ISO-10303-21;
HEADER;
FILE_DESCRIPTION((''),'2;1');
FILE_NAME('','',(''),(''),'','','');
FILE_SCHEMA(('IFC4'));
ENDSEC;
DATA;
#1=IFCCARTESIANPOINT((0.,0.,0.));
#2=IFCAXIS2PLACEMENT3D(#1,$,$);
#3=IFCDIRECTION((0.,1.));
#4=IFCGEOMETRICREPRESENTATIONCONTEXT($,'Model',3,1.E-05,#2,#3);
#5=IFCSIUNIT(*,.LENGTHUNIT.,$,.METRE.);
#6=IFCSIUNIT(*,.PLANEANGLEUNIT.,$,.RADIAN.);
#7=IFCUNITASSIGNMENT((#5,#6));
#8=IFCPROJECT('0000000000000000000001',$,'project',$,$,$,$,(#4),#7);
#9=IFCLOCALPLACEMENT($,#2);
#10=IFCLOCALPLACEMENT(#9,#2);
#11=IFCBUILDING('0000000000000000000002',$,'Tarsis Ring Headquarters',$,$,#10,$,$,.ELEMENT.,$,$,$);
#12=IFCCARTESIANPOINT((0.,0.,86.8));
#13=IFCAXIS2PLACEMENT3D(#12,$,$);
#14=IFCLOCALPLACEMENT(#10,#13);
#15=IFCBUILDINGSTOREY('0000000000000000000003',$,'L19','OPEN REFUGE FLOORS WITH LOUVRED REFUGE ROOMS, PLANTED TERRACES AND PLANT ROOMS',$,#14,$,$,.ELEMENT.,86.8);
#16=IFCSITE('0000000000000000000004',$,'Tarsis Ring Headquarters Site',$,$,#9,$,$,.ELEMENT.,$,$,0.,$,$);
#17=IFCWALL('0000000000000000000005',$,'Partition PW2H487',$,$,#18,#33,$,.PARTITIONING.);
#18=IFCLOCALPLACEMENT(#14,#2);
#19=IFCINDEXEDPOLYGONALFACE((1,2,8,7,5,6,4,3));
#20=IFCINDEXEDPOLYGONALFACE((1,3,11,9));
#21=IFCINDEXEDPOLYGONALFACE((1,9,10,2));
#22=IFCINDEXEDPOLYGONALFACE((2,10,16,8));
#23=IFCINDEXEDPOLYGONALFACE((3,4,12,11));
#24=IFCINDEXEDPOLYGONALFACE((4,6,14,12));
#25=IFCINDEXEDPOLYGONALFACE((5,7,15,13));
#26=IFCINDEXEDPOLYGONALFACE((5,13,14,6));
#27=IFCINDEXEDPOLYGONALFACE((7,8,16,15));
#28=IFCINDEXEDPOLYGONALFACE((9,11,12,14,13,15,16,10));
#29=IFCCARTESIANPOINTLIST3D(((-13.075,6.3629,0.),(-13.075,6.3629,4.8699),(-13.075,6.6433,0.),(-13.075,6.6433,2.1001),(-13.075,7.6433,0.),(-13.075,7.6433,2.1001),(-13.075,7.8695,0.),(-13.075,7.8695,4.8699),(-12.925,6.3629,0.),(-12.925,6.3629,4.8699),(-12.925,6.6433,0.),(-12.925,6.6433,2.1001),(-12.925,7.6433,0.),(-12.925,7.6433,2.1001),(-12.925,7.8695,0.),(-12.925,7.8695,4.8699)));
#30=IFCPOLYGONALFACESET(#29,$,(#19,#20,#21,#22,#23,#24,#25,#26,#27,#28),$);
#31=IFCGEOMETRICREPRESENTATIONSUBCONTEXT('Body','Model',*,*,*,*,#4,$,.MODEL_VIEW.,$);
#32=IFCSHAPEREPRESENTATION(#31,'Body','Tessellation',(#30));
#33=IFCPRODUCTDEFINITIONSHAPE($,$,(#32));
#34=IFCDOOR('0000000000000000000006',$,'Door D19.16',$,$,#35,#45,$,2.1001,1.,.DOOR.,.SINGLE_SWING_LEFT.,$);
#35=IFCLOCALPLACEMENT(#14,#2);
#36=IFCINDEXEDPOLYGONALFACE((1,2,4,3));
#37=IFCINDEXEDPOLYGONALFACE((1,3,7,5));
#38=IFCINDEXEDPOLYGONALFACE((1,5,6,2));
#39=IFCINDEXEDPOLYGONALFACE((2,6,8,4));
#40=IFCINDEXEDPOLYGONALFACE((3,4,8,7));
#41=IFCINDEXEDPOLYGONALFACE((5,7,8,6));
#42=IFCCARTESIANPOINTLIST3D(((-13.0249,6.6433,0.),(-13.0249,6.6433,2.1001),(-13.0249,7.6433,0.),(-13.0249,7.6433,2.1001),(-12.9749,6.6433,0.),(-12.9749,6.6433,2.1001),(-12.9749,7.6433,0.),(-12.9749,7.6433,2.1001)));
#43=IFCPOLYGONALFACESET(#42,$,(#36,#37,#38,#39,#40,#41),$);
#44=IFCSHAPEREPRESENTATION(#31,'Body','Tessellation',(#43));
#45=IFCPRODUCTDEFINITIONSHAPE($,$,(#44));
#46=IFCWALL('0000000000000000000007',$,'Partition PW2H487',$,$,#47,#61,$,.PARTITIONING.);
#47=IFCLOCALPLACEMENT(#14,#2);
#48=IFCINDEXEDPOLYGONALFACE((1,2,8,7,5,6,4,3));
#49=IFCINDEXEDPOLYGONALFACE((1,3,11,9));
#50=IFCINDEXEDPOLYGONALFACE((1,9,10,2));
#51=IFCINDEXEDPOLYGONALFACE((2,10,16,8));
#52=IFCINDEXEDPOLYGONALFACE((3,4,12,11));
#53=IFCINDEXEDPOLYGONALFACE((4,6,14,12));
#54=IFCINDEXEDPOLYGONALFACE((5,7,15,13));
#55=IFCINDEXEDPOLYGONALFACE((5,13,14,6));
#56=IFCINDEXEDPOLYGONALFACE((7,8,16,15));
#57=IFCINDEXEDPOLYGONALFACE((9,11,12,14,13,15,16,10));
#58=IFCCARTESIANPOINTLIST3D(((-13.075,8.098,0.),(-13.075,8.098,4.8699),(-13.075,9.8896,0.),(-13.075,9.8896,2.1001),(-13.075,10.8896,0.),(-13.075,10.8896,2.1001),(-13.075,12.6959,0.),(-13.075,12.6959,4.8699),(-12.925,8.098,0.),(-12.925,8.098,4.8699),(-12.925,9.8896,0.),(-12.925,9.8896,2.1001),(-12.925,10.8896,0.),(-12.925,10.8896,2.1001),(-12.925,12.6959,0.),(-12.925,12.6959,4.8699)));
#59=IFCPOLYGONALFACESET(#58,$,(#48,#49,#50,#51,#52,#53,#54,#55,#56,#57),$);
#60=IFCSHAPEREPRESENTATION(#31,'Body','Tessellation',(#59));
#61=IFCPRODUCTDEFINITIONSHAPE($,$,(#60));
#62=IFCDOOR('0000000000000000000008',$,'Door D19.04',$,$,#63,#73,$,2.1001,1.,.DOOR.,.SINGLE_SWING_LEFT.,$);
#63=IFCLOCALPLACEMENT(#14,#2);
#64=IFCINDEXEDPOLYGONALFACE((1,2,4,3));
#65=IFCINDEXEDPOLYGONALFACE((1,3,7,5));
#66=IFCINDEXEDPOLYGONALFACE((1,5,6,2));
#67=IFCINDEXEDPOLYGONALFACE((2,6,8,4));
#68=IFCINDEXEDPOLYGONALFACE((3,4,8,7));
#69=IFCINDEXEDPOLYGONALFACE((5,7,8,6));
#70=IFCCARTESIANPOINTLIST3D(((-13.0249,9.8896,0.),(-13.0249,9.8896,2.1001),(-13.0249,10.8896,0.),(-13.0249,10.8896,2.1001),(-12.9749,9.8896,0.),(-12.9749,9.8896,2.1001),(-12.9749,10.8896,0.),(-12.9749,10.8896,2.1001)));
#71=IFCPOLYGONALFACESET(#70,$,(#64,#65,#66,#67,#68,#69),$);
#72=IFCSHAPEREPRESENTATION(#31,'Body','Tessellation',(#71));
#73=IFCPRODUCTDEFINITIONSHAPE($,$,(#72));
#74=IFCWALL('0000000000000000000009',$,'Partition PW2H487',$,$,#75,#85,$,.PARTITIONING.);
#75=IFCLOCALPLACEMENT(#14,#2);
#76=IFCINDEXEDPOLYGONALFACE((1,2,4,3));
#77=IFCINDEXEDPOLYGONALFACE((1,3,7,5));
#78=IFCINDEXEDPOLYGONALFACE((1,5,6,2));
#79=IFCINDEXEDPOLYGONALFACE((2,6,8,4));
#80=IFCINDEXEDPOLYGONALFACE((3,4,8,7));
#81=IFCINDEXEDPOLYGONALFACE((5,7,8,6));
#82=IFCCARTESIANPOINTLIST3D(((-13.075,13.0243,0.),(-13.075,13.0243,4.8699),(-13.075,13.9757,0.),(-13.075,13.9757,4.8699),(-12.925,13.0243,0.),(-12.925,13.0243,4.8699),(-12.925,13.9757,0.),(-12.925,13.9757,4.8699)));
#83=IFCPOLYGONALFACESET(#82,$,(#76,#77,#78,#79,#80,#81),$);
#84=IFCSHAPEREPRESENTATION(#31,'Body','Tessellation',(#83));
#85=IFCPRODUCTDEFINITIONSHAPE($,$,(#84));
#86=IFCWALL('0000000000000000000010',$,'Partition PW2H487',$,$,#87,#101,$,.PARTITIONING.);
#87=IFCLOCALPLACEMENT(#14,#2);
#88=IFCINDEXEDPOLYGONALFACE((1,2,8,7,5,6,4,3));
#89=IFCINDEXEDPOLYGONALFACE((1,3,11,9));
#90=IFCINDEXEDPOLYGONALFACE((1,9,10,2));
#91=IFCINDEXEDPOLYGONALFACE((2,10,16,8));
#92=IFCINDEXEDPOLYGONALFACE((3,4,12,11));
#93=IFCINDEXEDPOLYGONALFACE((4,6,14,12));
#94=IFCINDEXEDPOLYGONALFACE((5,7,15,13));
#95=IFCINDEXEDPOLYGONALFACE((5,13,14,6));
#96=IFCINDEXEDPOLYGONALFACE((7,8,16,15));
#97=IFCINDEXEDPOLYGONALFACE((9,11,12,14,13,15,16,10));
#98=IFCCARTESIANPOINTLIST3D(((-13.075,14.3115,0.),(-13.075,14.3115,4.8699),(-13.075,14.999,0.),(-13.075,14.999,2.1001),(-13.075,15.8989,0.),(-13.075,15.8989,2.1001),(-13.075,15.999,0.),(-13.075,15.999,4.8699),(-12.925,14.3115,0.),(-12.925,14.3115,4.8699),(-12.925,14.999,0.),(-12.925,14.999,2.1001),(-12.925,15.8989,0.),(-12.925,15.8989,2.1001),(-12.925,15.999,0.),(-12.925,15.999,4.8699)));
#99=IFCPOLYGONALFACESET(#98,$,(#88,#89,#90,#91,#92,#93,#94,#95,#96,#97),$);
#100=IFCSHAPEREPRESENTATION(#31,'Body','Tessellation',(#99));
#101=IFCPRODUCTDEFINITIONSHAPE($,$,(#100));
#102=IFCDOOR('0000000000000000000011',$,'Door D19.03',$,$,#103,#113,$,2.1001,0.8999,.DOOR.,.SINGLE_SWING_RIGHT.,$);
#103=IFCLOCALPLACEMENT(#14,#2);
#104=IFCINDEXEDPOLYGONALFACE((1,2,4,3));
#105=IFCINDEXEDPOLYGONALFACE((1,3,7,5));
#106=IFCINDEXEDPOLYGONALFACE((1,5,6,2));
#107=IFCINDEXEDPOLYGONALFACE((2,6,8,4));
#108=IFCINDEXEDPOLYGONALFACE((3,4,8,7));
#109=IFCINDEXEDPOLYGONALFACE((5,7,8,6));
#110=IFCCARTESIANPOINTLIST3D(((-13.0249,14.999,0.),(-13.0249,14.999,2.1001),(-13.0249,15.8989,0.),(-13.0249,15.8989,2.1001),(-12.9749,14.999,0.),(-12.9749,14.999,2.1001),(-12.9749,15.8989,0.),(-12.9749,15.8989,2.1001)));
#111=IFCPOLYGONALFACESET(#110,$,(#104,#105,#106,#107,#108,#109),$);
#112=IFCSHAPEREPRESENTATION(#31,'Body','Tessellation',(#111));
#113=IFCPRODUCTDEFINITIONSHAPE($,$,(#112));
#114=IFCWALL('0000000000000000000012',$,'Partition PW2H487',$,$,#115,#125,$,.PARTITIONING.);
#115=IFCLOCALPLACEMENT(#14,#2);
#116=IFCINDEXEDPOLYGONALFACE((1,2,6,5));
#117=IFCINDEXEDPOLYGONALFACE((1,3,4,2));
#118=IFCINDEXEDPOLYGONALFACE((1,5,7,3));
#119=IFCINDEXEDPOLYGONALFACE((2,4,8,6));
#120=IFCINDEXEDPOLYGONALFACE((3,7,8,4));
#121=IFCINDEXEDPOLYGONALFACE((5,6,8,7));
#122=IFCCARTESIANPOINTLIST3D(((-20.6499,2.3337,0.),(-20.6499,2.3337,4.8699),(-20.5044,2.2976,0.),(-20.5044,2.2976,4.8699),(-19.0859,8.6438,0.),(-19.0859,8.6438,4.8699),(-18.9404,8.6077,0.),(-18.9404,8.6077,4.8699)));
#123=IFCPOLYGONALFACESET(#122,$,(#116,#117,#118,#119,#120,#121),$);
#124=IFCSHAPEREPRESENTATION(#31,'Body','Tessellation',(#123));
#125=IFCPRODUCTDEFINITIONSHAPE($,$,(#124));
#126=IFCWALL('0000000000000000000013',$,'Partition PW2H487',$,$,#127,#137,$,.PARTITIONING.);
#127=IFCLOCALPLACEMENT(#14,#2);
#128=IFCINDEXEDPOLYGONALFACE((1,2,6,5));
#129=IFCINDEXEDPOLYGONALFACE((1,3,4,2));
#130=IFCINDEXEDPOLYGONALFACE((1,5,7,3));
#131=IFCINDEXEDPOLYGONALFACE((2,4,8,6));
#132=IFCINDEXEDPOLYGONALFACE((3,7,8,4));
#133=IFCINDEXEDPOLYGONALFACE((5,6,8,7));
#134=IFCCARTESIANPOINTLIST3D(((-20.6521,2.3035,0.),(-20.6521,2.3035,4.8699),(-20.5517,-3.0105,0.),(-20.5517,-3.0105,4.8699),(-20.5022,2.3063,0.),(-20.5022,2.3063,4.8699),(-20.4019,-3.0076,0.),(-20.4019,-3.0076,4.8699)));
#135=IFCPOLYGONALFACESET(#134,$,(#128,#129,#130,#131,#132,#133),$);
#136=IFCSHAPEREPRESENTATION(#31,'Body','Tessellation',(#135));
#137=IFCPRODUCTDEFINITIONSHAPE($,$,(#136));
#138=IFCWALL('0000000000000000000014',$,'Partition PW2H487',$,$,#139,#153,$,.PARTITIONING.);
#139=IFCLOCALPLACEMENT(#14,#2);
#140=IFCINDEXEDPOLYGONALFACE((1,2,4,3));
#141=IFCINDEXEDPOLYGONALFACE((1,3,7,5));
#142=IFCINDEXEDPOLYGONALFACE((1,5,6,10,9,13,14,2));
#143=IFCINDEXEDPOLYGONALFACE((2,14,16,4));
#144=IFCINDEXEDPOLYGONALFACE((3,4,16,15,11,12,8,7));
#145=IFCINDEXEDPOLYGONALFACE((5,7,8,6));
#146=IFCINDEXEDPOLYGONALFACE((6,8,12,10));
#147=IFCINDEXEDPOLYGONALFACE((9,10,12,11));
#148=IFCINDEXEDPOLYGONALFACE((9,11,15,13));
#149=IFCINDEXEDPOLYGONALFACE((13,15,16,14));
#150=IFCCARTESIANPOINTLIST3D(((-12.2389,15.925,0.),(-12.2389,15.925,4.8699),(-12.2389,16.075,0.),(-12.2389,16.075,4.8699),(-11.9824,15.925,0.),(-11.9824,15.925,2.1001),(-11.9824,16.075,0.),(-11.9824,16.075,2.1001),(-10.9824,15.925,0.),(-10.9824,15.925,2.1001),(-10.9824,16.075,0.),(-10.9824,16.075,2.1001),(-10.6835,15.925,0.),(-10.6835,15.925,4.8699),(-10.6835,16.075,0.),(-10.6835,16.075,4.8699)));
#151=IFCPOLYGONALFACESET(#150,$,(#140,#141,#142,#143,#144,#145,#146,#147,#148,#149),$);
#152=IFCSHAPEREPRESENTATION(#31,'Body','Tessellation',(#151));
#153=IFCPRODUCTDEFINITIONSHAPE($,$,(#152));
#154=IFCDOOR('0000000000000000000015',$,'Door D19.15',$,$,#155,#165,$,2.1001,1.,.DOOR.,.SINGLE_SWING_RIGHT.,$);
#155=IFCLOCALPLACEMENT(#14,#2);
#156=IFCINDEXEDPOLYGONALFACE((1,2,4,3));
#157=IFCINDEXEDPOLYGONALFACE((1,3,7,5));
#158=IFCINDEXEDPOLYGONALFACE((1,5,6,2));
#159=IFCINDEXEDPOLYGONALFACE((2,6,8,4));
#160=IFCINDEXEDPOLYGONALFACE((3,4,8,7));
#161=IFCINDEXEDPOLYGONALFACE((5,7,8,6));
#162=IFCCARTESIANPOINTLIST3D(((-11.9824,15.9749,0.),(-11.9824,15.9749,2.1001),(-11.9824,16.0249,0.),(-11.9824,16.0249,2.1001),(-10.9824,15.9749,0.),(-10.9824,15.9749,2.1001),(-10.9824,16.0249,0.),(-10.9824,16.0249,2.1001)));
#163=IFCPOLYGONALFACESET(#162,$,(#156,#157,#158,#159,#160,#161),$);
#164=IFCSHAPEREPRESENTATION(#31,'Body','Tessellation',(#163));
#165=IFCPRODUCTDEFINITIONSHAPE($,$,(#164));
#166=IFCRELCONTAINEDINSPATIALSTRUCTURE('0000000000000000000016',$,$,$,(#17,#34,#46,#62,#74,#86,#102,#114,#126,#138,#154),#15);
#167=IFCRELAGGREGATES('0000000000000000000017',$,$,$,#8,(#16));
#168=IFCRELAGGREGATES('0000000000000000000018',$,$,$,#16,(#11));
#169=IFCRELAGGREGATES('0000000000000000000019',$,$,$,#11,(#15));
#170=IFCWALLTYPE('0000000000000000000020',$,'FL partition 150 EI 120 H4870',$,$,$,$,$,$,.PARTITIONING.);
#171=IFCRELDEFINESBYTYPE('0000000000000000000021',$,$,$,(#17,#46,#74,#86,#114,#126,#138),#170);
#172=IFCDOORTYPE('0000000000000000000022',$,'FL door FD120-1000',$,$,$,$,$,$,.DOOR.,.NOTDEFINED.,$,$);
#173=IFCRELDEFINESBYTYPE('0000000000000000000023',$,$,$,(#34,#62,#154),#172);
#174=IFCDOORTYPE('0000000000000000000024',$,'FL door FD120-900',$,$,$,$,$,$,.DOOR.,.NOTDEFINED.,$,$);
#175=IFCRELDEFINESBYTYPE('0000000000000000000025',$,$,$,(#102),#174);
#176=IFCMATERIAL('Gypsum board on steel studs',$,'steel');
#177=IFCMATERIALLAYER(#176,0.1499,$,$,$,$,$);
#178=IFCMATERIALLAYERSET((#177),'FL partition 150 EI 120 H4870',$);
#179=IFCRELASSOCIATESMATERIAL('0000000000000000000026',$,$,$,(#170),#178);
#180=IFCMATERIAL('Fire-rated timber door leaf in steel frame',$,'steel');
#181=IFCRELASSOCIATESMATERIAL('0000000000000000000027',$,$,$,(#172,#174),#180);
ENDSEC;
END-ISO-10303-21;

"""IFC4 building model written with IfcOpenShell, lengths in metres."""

from ifc_helpers import new_model, si_unit, direction, frame, frame_2d, origin, place, context, subcontext, project, spatial, rectangle, extrude, material, layer, layer_set, type_object, element, fill, save


model = new_model("IFC4")

# Units and contexts
model_context = context("Model", 3, precision=1e-05, world=origin(), true_north=direction((0.0, 1.0)))
body_context = subcontext(model_context, "Body", "Model", "MODEL_VIEW")
ifc_project = project(units=[si_unit("LENGTHUNIT", "METRE"), si_unit("PLANEANGLEUNIT", "RADIAN")], contexts=[model_context])

# Site, building, storey
site_placement = place(None, origin())
site = spatial("IfcSite", under=ifc_project, at=site_placement, Name="Tarsis Ring Headquarters Site", CompositionType="ELEMENT", RefElevation=0.0)
building_placement = place(site_placement, origin())
building = spatial("IfcBuilding", under=site, at=building_placement, Name="Tarsis Ring Headquarters", CompositionType="ELEMENT")
storey_placement = place(building_placement, frame((0.0, 0.0, 86.8)))
storey = spatial("IfcBuildingStorey", under=building, at=storey_placement, Name="L19", Description="OPEN REFUGE FLOORS WITH LOUVRED REFUGE ROOMS, PLANTED TERRACES AND PLANT ROOMS", CompositionType="ELEMENT", Elevation=86.8)

# Walls, openings, doors
ifc_material_1 = material(Name="Gypsum board on steel studs", Category="steel")
ifc_layer = layer(ifc_material_1, 0.1499)
ifc_layer_set = layer_set([ifc_layer], Name="FL partition 150 EI 120 H4870")
wall_type = type_object("IfcWallType", Name="FL partition 150 EI 120 H4870", PredefinedType="PARTITIONING", material=ifc_layer_set)
wall_1_placement = place(storey_placement, frame((-13.0, 6.3628, 0.0), z_axis=(0.0, 0.0, 1.0), x_axis=(0.0, 1.0, 0.0)))
wall_1 = element("IfcWall", 1, at=wall_1_placement, inside=storey, type_object=wall_type, Name="Partition PW2H487", PredefinedType="PARTITIONING", context=body_context, shape_type="SweptSolid", body=[
    extrude(rectangle(XDim=1.5066, YDim=0.1499, at=frame_2d((0.7534, 0.0))), origin(), (0.0, 0.0, 1.0), 4.8699),
])
opening_1_placement = place(wall_1_placement, frame((0.2805, 0.0, 0.0)))
opening_1 = element("IfcOpeningElement", 2, at=opening_1_placement, cuts=wall_1, PredefinedType="OPENING", context=body_context, shape_type="SweptSolid", body=[
    extrude(rectangle(XDim=1.0, YDim=2.1001, at=frame_2d((0.5, 1.05))), frame((0.0, 0.085, 0.0), z_axis=(0.0, -1.0, 0.0), x_axis=(1.0, 0.0, 0.0)), (0.0, 0.0, 1.0), 0.1699),
])
ifc_material_2 = material(Name="Fire-rated timber door leaf in steel frame", Category="steel")
door_type_1 = type_object("IfcDoorType", Name="FL door FD120-1000", OperationType="NOTDEFINED", PredefinedType="DOOR", material=ifc_material_2)
door_1_placement = place(opening_1_placement, origin())
door_1 = element("IfcDoor", 3, at=door_1_placement, inside=storey, type_object=door_type_1, Name="Door D19.16", OperationType="SINGLE_SWING_LEFT", OverallHeight=2.1001, OverallWidth=1.0, PredefinedType="DOOR", context=body_context, shape_type="SweptSolid", body=[
    extrude(rectangle(XDim=1.0, YDim=2.1001, at=frame_2d((0.5, 1.05))), frame((0.0, 0.0249, 0.0), z_axis=(0.0, -1.0, 0.0), x_axis=(1.0, 0.0, 0.0)), (0.0, 0.0, 1.0), 0.05),
])
fill(opening_1, door_1)
wall_2_placement = place(storey_placement, frame((-13.0, 8.0981, 0.0), z_axis=(0.0, 0.0, 1.0), x_axis=(0.0, 1.0, 0.0)))
wall_2 = element("IfcWall", 4, at=wall_2_placement, inside=storey, type_object=wall_type, Name="Partition PW2H487", PredefinedType="PARTITIONING", context=body_context, shape_type="SweptSolid", body=[
    extrude(rectangle(XDim=4.5979, YDim=0.1499, at=frame_2d((2.2988, 0.0))), origin(), (0.0, 0.0, 1.0), 4.8699),
])
opening_2_placement = place(wall_2_placement, frame((1.7915, 0.0, 0.0)))
opening_2 = element("IfcOpeningElement", 5, at=opening_2_placement, cuts=wall_2, PredefinedType="OPENING", context=body_context, shape_type="SweptSolid", body=[
    extrude(rectangle(XDim=1.0, YDim=2.1001, at=frame_2d((0.5, 1.05))), frame((0.0, 0.085, 0.0), z_axis=(0.0, -1.0, 0.0), x_axis=(1.0, 0.0, 0.0)), (0.0, 0.0, 1.0), 0.1699),
])
door_2_placement = place(opening_2_placement, origin())
door_2 = element("IfcDoor", 6, at=door_2_placement, inside=storey, type_object=door_type_1, Name="Door D19.04", OperationType="SINGLE_SWING_LEFT", OverallHeight=2.1001, OverallWidth=1.0, PredefinedType="DOOR", context=body_context, shape_type="SweptSolid", body=[
    extrude(rectangle(XDim=1.0, YDim=2.1001, at=frame_2d((0.5, 1.05))), frame((0.0, 0.0249, 0.0), z_axis=(0.0, -1.0, 0.0), x_axis=(1.0, 0.0, 0.0)), (0.0, 0.0, 1.0), 0.05),
])
fill(opening_2, door_2)

# Wall
wall_3_placement = place(storey_placement, frame((-13.0, 13.0244, 0.0), z_axis=(0.0, 0.0, 1.0), x_axis=(0.0, 1.0, 0.0)))
element("IfcWall", 7, at=wall_3_placement, inside=storey, type_object=wall_type, Name="Partition PW2H487", PredefinedType="PARTITIONING", context=body_context, shape_type="SweptSolid", body=[
    extrude(rectangle(XDim=0.9514, YDim=0.1499, at=frame_2d((0.4756, 0.0))), origin(), (0.0, 0.0, 1.0), 4.8699),
])

# Wall, opening, door
wall_4_placement = place(storey_placement, frame((-13.0, 14.3115, 0.0), z_axis=(0.0, 0.0, 1.0), x_axis=(0.0, 1.0, 0.0)))
wall_4 = element("IfcWall", 8, at=wall_4_placement, inside=storey, type_object=wall_type, Name="Partition PW2H487", PredefinedType="PARTITIONING", context=body_context, shape_type="SweptSolid", body=[
    extrude(rectangle(XDim=1.6875, YDim=0.1499, at=frame_2d((0.8438, 0.0))), origin(), (0.0, 0.0, 1.0), 4.8699),
])
opening_3_placement = place(wall_4_placement, frame((0.6875, 0.0, 0.0)))
opening_3 = element("IfcOpeningElement", 9, at=opening_3_placement, cuts=wall_4, PredefinedType="OPENING", context=body_context, shape_type="SweptSolid", body=[
    extrude(rectangle(XDim=0.8999, YDim=2.1001, at=frame_2d((0.45, 1.05))), frame((0.0, 0.085, 0.0), z_axis=(0.0, -1.0, 0.0), x_axis=(1.0, 0.0, 0.0)), (0.0, 0.0, 1.0), 0.1699),
])
door_type_2 = type_object("IfcDoorType", Name="FL door FD120-900", OperationType="NOTDEFINED", PredefinedType="DOOR", material=ifc_material_2)
door_3_placement = place(opening_3_placement, origin())
door_3 = element("IfcDoor", 10, at=door_3_placement, inside=storey, type_object=door_type_2, Name="Door D19.03", OperationType="SINGLE_SWING_RIGHT", OverallHeight=2.1001, OverallWidth=0.8999, PredefinedType="DOOR", context=body_context, shape_type="SweptSolid", body=[
    extrude(rectangle(XDim=0.8999, YDim=2.1001, at=frame_2d((0.45, 1.05))), frame((0.0, 0.0249, 0.0), z_axis=(0.0, -1.0, 0.0), x_axis=(1.0, 0.0, 0.0)), (0.0, 0.0, 1.0), 0.05),
])
fill(opening_3, door_3)

# Walls
wall_5_placement = place(storey_placement, frame((-20.5771, 2.3157, 0.0), z_axis=(0.0, 0.0, 1.0), x_axis=(0.240573, 0.970631, 0.0)))
element("IfcWall", 11, at=wall_5_placement, inside=storey, type_object=wall_type, Name="Partition PW2H487", PredefinedType="PARTITIONING", context=body_context, shape_type="SweptSolid", body=[
    extrude(rectangle(XDim=6.501, YDim=0.1499, at=frame_2d((3.2505, 0.0))), origin(), (0.0, 0.0, 1.0), 4.8699),
])
wall_6_placement = place(storey_placement, frame((-20.5771, 2.3049, 0.0), z_axis=(0.0, 0.0, 1.0), x_axis=(0.018879, -0.999822, 0.0)))
element("IfcWall", 12, at=wall_6_placement, inside=storey, type_object=wall_type, Name="Partition PW2H487", PredefinedType="PARTITIONING", context=body_context, shape_type="SweptSolid", body=[
    extrude(rectangle(XDim=5.3149, YDim=0.1499, at=frame_2d((2.6575, 0.0))), origin(), (0.0, 0.0, 1.0), 4.8699),
])

# Wall, opening, door
wall_7_placement = place(storey_placement, frame((-12.239, 16.0, 0.0), z_axis=(0.0, 0.0, 1.0), x_axis=(1.0, 0.0, 0.0)))
wall_7 = element("IfcWall", 13, at=wall_7_placement, inside=storey, type_object=wall_type, Name="Partition PW2H487", PredefinedType="PARTITIONING", context=body_context, shape_type="SweptSolid", body=[
    extrude(rectangle(XDim=1.5554, YDim=0.1499, at=frame_2d((0.7778, 0.0))), origin(), (0.0, 0.0, 1.0), 4.8699),
])
opening_4_placement = place(wall_7_placement, frame((0.2566, 0.0, 0.0)))
opening_4 = element("IfcOpeningElement", 14, at=opening_4_placement, cuts=wall_7, PredefinedType="OPENING", context=body_context, shape_type="SweptSolid", body=[
    extrude(rectangle(XDim=1.0, YDim=2.1001, at=frame_2d((0.5, 1.05))), frame((0.0, 0.085, 0.0), z_axis=(0.0, -1.0, 0.0), x_axis=(1.0, 0.0, 0.0)), (0.0, 0.0, 1.0), 0.1699),
])
door_4_placement = place(opening_4_placement, origin())
door_4 = element("IfcDoor", 15, at=door_4_placement, inside=storey, type_object=door_type_1, Name="Door D19.15", OperationType="SINGLE_SWING_RIGHT", OverallHeight=2.1001, OverallWidth=1.0, PredefinedType="DOOR", context=body_context, shape_type="SweptSolid", body=[
    extrude(rectangle(XDim=1.0, YDim=2.1001, at=frame_2d((0.5, 1.05))), frame((0.0, 0.0249, 0.0), z_axis=(0.0, -1.0, 0.0), x_axis=(1.0, 0.0, 0.0)), (0.0, 0.0, 1.0), 0.05),
])
fill(opening_4, door_4)

save(model, "model.ifc")
